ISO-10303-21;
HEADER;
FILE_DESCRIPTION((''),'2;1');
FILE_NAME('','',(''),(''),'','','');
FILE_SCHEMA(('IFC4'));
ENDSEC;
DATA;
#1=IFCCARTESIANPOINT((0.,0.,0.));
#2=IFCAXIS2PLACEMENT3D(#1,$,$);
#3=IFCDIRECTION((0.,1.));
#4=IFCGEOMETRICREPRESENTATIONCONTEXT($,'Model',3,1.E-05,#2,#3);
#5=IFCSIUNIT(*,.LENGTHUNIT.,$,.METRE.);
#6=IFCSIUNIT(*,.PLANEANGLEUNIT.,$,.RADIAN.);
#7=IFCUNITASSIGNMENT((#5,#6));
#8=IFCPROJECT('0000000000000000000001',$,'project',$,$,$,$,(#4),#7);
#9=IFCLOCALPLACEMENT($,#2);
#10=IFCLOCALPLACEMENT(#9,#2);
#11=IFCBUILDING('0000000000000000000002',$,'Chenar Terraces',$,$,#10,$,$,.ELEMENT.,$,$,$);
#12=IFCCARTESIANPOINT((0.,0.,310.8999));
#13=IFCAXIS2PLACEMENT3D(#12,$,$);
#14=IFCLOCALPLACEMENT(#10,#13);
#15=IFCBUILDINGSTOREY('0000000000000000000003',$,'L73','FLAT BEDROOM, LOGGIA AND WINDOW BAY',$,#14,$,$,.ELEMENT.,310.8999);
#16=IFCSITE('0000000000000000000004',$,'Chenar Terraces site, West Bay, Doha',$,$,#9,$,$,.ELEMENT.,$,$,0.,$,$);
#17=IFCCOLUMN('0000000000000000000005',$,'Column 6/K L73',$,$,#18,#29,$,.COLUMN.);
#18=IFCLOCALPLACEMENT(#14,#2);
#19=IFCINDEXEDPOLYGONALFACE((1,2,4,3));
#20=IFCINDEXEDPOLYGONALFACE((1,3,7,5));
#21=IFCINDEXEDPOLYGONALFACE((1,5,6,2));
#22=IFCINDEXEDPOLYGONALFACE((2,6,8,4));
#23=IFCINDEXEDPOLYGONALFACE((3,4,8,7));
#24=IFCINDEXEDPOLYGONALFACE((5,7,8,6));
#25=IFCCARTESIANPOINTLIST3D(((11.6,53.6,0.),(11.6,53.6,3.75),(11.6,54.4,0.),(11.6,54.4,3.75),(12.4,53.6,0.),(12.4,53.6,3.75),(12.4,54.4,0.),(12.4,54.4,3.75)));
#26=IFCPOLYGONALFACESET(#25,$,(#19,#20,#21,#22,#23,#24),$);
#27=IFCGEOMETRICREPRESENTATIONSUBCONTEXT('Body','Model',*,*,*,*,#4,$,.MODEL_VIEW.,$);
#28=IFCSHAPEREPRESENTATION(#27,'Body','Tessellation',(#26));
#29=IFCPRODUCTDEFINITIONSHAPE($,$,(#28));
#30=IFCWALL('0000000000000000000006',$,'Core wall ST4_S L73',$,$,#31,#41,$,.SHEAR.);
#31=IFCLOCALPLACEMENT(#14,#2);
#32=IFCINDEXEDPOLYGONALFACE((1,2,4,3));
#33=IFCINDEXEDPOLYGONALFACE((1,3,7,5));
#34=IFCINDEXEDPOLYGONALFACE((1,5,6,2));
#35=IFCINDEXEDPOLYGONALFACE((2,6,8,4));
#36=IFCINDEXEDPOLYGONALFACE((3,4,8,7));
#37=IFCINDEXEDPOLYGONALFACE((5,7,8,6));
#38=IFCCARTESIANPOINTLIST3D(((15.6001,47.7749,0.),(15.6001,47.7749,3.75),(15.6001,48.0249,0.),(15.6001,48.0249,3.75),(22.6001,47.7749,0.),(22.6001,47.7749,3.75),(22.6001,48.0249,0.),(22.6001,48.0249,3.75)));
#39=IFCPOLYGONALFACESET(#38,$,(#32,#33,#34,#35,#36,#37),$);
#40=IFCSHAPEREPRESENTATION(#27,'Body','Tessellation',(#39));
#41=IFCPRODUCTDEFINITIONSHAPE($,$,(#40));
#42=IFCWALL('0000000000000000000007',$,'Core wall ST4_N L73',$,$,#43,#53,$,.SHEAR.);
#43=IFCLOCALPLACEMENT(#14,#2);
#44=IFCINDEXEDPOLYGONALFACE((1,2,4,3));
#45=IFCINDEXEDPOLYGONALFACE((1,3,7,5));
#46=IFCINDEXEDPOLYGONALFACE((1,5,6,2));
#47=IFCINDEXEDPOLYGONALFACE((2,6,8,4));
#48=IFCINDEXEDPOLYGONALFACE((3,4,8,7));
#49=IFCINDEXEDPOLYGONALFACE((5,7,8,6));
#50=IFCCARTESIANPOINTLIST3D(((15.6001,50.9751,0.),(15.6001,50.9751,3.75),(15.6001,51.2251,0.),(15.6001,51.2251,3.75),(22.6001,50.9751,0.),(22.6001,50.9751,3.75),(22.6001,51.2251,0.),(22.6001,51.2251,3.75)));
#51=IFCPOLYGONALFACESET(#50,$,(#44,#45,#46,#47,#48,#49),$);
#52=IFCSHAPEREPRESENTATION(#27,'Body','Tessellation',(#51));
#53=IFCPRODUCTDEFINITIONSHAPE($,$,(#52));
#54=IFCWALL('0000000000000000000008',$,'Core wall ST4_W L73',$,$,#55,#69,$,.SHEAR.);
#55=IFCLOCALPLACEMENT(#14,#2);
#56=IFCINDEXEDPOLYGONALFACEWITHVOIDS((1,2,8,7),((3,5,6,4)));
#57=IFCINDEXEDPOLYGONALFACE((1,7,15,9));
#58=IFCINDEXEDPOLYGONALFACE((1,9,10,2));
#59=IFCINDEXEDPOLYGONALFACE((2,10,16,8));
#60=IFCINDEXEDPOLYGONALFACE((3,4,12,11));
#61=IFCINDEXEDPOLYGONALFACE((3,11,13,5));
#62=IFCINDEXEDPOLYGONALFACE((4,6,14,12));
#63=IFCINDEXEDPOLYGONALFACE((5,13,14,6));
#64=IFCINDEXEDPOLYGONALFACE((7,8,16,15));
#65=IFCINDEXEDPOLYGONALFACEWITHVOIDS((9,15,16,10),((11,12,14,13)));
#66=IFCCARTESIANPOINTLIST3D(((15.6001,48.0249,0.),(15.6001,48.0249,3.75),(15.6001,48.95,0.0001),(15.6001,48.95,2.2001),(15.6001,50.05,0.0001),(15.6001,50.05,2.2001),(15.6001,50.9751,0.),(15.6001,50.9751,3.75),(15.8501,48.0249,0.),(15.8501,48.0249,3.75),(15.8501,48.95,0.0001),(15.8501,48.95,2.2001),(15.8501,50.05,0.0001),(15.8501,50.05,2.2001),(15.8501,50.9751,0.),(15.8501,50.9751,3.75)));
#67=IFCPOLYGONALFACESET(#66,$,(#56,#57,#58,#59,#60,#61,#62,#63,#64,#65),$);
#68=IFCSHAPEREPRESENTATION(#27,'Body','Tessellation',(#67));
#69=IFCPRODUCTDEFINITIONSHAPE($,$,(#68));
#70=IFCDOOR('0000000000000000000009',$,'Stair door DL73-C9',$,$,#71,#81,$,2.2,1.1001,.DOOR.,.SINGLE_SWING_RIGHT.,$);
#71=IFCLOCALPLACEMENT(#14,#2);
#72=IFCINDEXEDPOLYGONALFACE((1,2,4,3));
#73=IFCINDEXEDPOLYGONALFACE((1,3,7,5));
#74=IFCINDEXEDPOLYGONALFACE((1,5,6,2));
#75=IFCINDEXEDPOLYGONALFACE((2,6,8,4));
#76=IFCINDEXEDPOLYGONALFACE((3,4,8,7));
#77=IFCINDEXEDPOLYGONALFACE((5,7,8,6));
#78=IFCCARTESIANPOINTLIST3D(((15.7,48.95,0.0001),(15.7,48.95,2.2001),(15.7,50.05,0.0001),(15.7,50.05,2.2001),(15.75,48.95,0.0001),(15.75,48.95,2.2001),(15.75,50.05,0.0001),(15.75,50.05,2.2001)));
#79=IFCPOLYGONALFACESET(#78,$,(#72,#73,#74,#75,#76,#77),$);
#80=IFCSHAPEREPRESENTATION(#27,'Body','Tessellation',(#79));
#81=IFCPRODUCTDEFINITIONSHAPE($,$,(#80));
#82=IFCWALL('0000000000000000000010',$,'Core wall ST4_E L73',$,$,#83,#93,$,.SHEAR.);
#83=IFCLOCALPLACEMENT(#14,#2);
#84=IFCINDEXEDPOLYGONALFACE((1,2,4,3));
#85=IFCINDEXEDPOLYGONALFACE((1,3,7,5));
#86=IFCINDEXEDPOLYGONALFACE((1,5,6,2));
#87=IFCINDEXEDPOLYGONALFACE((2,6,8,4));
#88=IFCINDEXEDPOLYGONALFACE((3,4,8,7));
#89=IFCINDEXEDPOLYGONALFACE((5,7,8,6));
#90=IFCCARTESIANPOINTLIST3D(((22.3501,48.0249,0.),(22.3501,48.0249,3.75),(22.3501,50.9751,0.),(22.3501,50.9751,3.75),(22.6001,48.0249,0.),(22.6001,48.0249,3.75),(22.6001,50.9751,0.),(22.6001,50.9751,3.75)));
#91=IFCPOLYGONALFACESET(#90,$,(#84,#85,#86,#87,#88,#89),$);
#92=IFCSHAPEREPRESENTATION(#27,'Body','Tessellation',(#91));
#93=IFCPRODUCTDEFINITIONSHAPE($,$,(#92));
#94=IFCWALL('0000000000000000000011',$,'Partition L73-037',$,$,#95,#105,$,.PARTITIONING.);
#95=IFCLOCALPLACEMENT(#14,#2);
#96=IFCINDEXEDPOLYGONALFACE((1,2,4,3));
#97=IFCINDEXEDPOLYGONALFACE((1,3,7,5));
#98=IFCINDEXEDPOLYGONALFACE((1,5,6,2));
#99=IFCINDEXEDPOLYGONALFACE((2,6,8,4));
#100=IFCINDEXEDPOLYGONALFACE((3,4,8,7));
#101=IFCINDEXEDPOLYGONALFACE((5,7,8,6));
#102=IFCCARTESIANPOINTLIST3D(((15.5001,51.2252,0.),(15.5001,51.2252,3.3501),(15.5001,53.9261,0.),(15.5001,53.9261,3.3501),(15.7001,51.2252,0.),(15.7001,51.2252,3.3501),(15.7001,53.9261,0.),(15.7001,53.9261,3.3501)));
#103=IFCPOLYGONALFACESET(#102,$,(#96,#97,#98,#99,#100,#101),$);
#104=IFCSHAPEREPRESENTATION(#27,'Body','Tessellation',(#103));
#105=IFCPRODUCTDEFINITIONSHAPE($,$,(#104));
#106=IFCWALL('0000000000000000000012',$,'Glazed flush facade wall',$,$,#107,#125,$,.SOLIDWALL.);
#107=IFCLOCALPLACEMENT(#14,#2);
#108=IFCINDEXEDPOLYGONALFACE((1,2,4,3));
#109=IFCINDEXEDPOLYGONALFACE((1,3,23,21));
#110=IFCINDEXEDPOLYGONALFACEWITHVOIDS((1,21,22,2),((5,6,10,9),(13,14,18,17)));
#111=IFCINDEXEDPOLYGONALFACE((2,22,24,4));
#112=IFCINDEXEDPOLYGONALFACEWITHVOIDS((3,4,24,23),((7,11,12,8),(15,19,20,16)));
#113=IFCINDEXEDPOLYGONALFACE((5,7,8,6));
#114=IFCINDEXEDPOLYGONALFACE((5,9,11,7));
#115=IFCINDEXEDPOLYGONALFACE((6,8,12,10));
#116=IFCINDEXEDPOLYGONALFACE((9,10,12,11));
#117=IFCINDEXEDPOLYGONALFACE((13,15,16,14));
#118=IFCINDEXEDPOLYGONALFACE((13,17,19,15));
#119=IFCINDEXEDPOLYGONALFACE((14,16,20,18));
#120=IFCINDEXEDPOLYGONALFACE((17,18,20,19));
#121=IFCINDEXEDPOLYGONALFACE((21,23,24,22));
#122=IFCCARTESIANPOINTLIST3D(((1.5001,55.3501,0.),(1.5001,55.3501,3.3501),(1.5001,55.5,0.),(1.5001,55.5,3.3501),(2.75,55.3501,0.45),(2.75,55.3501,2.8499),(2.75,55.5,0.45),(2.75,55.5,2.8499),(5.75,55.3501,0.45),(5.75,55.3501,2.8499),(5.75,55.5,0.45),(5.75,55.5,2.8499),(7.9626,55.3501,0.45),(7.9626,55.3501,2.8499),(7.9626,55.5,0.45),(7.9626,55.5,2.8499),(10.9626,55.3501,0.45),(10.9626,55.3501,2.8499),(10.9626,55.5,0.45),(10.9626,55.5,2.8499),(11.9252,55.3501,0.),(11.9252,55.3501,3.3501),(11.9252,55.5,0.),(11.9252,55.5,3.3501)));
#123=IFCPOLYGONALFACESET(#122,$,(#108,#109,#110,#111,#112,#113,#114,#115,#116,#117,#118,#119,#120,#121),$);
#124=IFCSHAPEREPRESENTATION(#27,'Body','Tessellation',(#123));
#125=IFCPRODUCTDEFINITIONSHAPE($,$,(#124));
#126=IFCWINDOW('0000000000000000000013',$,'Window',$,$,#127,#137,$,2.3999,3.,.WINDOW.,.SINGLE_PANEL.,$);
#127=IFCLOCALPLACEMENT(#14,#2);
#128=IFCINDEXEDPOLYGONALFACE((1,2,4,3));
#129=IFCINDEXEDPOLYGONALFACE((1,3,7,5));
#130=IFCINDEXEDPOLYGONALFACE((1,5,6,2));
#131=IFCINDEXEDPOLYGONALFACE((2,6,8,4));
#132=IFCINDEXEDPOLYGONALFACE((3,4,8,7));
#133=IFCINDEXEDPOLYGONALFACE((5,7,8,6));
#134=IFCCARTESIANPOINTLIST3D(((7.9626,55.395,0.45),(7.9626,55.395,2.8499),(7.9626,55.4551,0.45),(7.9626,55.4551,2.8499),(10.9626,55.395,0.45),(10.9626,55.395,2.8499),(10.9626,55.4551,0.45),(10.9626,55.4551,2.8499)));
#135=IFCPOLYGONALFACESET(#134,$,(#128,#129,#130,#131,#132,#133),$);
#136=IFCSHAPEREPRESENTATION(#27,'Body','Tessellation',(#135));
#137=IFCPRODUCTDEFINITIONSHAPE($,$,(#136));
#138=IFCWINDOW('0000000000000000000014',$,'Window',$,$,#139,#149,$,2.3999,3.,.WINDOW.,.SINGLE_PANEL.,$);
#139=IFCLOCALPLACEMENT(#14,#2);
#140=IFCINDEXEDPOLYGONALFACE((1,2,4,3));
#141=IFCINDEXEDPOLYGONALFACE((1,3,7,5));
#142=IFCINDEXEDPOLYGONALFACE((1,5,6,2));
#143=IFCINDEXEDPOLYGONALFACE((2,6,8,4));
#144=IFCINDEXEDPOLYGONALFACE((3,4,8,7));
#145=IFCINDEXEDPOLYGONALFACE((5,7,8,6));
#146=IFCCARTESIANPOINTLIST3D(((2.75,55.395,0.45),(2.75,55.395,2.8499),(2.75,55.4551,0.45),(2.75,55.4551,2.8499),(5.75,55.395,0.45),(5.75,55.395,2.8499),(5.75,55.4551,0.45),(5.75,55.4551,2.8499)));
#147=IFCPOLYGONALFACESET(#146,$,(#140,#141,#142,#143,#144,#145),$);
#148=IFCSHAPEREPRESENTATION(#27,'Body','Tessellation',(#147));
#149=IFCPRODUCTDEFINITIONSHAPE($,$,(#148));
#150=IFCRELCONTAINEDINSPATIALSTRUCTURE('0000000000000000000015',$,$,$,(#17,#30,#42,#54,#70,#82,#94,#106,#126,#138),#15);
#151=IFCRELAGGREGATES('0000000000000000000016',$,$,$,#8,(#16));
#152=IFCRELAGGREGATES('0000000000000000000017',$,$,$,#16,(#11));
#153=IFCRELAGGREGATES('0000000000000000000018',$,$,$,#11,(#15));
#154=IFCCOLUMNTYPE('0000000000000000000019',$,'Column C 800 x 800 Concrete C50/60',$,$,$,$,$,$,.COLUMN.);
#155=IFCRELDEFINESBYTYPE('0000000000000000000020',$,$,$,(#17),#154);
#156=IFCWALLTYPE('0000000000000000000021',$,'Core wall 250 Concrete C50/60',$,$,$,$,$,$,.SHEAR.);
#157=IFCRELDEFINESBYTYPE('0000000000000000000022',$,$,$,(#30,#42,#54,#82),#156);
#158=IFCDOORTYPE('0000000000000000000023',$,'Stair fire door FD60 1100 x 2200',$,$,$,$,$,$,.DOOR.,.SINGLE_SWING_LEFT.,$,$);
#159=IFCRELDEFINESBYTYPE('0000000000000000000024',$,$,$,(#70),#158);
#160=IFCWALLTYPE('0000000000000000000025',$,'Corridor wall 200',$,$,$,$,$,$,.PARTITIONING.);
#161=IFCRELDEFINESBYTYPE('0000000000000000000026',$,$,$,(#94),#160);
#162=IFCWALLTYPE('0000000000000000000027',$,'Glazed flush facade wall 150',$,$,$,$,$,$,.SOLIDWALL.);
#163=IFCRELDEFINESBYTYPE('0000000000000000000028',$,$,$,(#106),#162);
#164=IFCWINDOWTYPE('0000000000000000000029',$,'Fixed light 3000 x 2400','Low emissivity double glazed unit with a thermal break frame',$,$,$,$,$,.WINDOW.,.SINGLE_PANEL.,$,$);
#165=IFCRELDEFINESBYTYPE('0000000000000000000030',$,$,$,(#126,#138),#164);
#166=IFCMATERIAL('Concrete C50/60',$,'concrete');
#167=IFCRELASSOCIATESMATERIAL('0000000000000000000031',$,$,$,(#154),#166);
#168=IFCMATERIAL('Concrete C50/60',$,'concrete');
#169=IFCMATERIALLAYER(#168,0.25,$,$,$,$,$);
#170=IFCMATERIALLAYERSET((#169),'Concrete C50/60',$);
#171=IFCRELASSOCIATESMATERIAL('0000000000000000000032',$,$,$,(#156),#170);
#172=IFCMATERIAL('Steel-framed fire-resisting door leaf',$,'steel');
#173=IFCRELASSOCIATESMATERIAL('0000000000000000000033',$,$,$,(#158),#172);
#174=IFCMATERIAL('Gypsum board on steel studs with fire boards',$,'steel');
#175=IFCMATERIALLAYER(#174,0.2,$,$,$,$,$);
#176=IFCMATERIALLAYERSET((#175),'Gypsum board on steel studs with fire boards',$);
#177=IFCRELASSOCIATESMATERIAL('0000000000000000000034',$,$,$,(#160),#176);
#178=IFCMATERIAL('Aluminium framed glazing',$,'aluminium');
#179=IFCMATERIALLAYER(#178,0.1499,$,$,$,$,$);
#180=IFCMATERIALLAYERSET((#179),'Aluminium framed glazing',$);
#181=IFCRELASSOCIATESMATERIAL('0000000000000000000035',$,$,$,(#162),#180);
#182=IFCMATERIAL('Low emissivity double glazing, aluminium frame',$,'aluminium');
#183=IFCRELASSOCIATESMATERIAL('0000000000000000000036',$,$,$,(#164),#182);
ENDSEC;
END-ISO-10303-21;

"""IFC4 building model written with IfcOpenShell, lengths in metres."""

from ifc_helpers import new_model, si_unit, direction, frame, frame_2d, origin, origin_2d, place, context, subcontext, project, spatial, rectangle, extrude, material, layer, layer_set, material_profile, profile_set, type_object, element, fill, save


model = new_model("IFC4")

# Units and contexts
model_context = context("Model", 3, precision=1e-05, world=origin(), true_north=direction((0.0, 1.0)))
body_context = subcontext(model_context, "Body", "Model", "MODEL_VIEW")
ifc_project = project(units=[si_unit("LENGTHUNIT", "METRE"), si_unit("PLANEANGLEUNIT", "RADIAN")], contexts=[model_context])

# Site, building, storey
site_placement = place(None, origin())
site = spatial("IfcSite", under=ifc_project, at=site_placement, Name="Chenar Terraces site, West Bay, Doha", CompositionType="ELEMENT", RefElevation=0.0)
building_placement = place(site_placement, origin())
building = spatial("IfcBuilding", under=site, at=building_placement, Name="Chenar Terraces", CompositionType="ELEMENT")
storey_placement = place(building_placement, frame((0.0, 0.0, 310.8999)))
storey = spatial("IfcBuildingStorey", under=building, at=storey_placement, Name="L73", Description="FLAT BEDROOM, LOGGIA AND WINDOW BAY", CompositionType="ELEMENT", Elevation=310.8999)

# Column
ifc_material_1 = material(Name="Concrete C50/60", Category="concrete")
ifc_material_profile_1 = material_profile(ifc_material_1, rectangle(XDim=0.8, YDim=0.8, at=origin_2d()), Name="C 800 x 800")
ifc_profile_set_1 = profile_set([ifc_material_profile_1], Name="Concrete C50/60")
column_type = type_object("IfcColumnType", Name="Column C 800 x 800 Concrete C50/60", PredefinedType="COLUMN", material=ifc_profile_set_1)
column_placement = place(storey_placement, frame((12.0, 54.0, 0.0), z_axis=(0.0, 0.0, 1.0), x_axis=(1.0, 0.0, 0.0)))
element("IfcColumn", 1, at=column_placement, inside=storey, type_object=column_type, Name="Column 6/K L73", PredefinedType="COLUMN", context=body_context, shape_type="SweptSolid", body=[
    extrude(rectangle(XDim=0.8, YDim=0.8, at=origin_2d()), origin(), (0.0, 0.0, 1.0), 3.75),
])

# Walls
ifc_material_2 = material(Name="Concrete C50/60", Category="concrete")
ifc_layer_1 = layer(ifc_material_2, 0.25)
ifc_layer_set_1 = layer_set([ifc_layer_1], Name="Concrete C50/60")
wall_type_1 = type_object("IfcWallType", Name="Core wall 250 Concrete C50/60", PredefinedType="SHEAR", material=ifc_layer_set_1)
for number, where, z_axis, x_axis, name in (
    (2, (15.6001, 47.8999, 0.0), (0.0, 0.0, 1.0), (1.0, 0.0, 0.0), "Core wall ST4_S L73"),
    (3, (15.6001, 51.1001, 0.0), (0.0, 0.0, 1.0), (1.0, 0.0, 0.0), "Core wall ST4_N L73"),
):
    element("IfcWall", number, at=place(storey_placement, frame(where, z_axis=z_axis, x_axis=x_axis)), inside=storey, type_object=wall_type_1, Name=name, PredefinedType="SHEAR", context=body_context, shape_type="SweptSolid", body=[
        extrude(rectangle(XDim=7.0, YDim=0.25, at=frame_2d((3.5, 0.0))), origin(), (0.0, 0.0, 1.0), 3.75),
    ])

# Wall, opening, door
wall_1_placement = place(storey_placement, frame((15.7251, 48.0249, 0.0), z_axis=(0.0, 0.0, 1.0), x_axis=(0.0, 1.0, 0.0)))
wall_1 = element("IfcWall", 4, at=wall_1_placement, inside=storey, type_object=wall_type_1, Name="Core wall ST4_W L73", PredefinedType="SHEAR", context=body_context, shape_type="SweptSolid", body=[
    extrude(rectangle(XDim=2.9502, YDim=0.25, at=frame_2d((1.4751, 0.0))), origin(), (0.0, 0.0, 1.0), 3.75),
])
opening_1_placement = place(wall_1_placement, frame((0.925, 0.0, 0.0)))
opening_1 = element("IfcOpeningElement", 5, at=opening_1_placement, cuts=wall_1, PredefinedType="OPENING", context=body_context, shape_type="SweptSolid", body=[
    extrude(rectangle(XDim=1.1001, YDim=2.2, at=frame_2d((0.55, 1.1001))), frame((0.0, 0.135, 0.0), z_axis=(0.0, -1.0, 0.0), x_axis=(1.0, 0.0, 0.0)), (0.0, 0.0, 1.0), 0.27),
])
ifc_material_3 = material(Name="Steel-framed fire-resisting door leaf", Category="steel")
door_type = type_object("IfcDoorType", Name="Stair fire door FD60 1100 x 2200", OperationType="SINGLE_SWING_LEFT", PredefinedType="DOOR", material=ifc_material_3)
door_placement = place(opening_1_placement, frame((1.1001, 0.0, 0.0), z_axis=(0.0, 0.0, 1.0), x_axis=(-1.0, 0.0, 0.0)))
door = element("IfcDoor", 6, at=door_placement, inside=storey, type_object=door_type, Name="Stair door DL73-C9", OperationType="SINGLE_SWING_RIGHT", OverallHeight=2.2, OverallWidth=1.1001, PredefinedType="DOOR", context=body_context, shape_type="SweptSolid", body=[
    extrude(rectangle(XDim=1.1001, YDim=2.2, at=frame_2d((0.55, 1.1001))), frame((0.0, 0.0249, 0.0), z_axis=(0.0, -1.0, 0.0), x_axis=(1.0, 0.0, 0.0)), (0.0, 0.0, 1.0), 0.05),
])
fill(opening_1, door)

# Walls
wall_2_placement = place(storey_placement, frame((22.4751, 48.0249, 0.0), z_axis=(0.0, 0.0, 1.0), x_axis=(0.0, 1.0, 0.0)))
element("IfcWall", 7, at=wall_2_placement, inside=storey, type_object=wall_type_1, Name="Core wall ST4_E L73", PredefinedType="SHEAR", context=body_context, shape_type="SweptSolid", body=[
    extrude(rectangle(XDim=2.9502, YDim=0.25, at=frame_2d((1.4751, 0.0))), origin(), (0.0, 0.0, 1.0), 3.75),
])
ifc_material_4 = material(Name="Gypsum board on steel studs with fire boards", Category="steel")
ifc_layer_2 = layer(ifc_material_4, 0.2)
ifc_layer_set_2 = layer_set([ifc_layer_2], Name="Gypsum board on steel studs with fire boards")
wall_type_2 = type_object("IfcWallType", Name="Corridor wall 200", PredefinedType="PARTITIONING", material=ifc_layer_set_2)
wall_3_placement = place(storey_placement, frame((15.6001, 51.2251, 0.0), z_axis=(0.0, 0.0, 1.0), x_axis=(0.0, 1.0, 0.0)))
element("IfcWall", 8, at=wall_3_placement, inside=storey, type_object=wall_type_2, Name="Partition L73-037", PredefinedType="PARTITIONING", context=body_context, shape_type="SweptSolid", body=[
    extrude(rectangle(XDim=2.7009, YDim=0.2, at=frame_2d((1.3506, 0.0))), origin(), (0.0, 0.0, 1.0), 3.3501),
])

# Wall, openings, windows
ifc_material_5 = material(Name="Aluminium framed glazing", Category="aluminium")
ifc_layer_3 = layer(ifc_material_5, 0.1499)
ifc_layer_set_3 = layer_set([ifc_layer_3], Name="Aluminium framed glazing")
wall_type_3 = type_object("IfcWallType", Name="Glazed flush facade wall 150", PredefinedType="SOLIDWALL", material=ifc_layer_set_3)
wall_4_placement = place(storey_placement, frame((11.925, 55.425, 0.0), z_axis=(0.0, 0.0, 1.0), x_axis=(-1.0, 0.0, 0.0)))
wall_4 = element("IfcWall", 9, at=wall_4_placement, inside=storey, type_object=wall_type_3, Name="Glazed flush facade wall", PredefinedType="SOLIDWALL", context=body_context, shape_type="SweptSolid", body=[
    extrude(rectangle(XDim=10.425, YDim=0.1499, at=frame_2d((5.2124, 0.0))), origin(), (0.0, 0.0, 1.0), 3.3501),
])
opening_2_placement = place(wall_4_placement, frame((0.9624, 0.0, 0.45)))
opening_2 = element("IfcOpeningElement", 10, at=opening_2_placement, cuts=wall_4, PredefinedType="OPENING", context=body_context, shape_type="SweptSolid", body=[
    extrude(rectangle(XDim=3.0, YDim=2.3999, at=frame_2d((1.5, 1.2))), frame((0.0, 0.085, 0.0), z_axis=(0.0, -1.0, 0.0), x_axis=(1.0, 0.0, 0.0)), (0.0, 0.0, 1.0), 0.1699),
])
opening_3_placement = place(wall_4_placement, frame((6.175, 0.0, 0.45)))
opening_3 = element("IfcOpeningElement", 11, at=opening_3_placement, cuts=wall_4, PredefinedType="OPENING", context=body_context, shape_type="SweptSolid", body=[
    extrude(rectangle(XDim=3.0, YDim=2.3999, at=frame_2d((1.5, 1.2))), frame((0.0, 0.085, 0.0), z_axis=(0.0, -1.0, 0.0), x_axis=(1.0, 0.0, 0.0)), (0.0, 0.0, 1.0), 0.1699),
])
ifc_material_6 = material(Name="Low emissivity double glazing, aluminium frame", Category="aluminium")
window_type_1 = type_object("IfcWindowType", Name="Fixed light 3000 x 2400", Description="Low emissivity double glazed unit with a thermal break frame", PartitioningType="SINGLE_PANEL", PredefinedType="WINDOW", material=ifc_material_6)
window_1_placement = place(opening_2_placement, origin())
window_1 = element("IfcWindow", 12, at=window_1_placement, inside=storey, type_object=window_type_1, Name="Window", OverallHeight=2.3999, OverallWidth=3.0, PartitioningType="SINGLE_PANEL", PredefinedType="WINDOW", context=body_context, shape_type="SweptSolid", body=[
    extrude(rectangle(XDim=3.0, YDim=2.3999, at=frame_2d((1.5, 1.2))), frame((0.0, 0.03, 0.0), z_axis=(0.0, -1.0, 0.0), x_axis=(1.0, 0.0, 0.0)), (0.0, 0.0, 1.0), 0.0601),
])
fill(opening_2, window_1)
window_2_placement = place(opening_3_placement, origin())
window_2 = element("IfcWindow", 13, at=window_2_placement, inside=storey, type_object=window_type_1, Name="Window", OverallHeight=2.3999, OverallWidth=3.0, PartitioningType="SINGLE_PANEL", PredefinedType="WINDOW", context=body_context, shape_type="SweptSolid", body=[
    extrude(rectangle(XDim=3.0, YDim=2.3999, at=frame_2d((1.5, 1.2))), frame((0.0, 0.03, 0.0), z_axis=(0.0, -1.0, 0.0), x_axis=(1.0, 0.0, 0.0)), (0.0, 0.0, 1.0), 0.0601),
])
fill(opening_3, window_2)

save(model, "model.ifc")
